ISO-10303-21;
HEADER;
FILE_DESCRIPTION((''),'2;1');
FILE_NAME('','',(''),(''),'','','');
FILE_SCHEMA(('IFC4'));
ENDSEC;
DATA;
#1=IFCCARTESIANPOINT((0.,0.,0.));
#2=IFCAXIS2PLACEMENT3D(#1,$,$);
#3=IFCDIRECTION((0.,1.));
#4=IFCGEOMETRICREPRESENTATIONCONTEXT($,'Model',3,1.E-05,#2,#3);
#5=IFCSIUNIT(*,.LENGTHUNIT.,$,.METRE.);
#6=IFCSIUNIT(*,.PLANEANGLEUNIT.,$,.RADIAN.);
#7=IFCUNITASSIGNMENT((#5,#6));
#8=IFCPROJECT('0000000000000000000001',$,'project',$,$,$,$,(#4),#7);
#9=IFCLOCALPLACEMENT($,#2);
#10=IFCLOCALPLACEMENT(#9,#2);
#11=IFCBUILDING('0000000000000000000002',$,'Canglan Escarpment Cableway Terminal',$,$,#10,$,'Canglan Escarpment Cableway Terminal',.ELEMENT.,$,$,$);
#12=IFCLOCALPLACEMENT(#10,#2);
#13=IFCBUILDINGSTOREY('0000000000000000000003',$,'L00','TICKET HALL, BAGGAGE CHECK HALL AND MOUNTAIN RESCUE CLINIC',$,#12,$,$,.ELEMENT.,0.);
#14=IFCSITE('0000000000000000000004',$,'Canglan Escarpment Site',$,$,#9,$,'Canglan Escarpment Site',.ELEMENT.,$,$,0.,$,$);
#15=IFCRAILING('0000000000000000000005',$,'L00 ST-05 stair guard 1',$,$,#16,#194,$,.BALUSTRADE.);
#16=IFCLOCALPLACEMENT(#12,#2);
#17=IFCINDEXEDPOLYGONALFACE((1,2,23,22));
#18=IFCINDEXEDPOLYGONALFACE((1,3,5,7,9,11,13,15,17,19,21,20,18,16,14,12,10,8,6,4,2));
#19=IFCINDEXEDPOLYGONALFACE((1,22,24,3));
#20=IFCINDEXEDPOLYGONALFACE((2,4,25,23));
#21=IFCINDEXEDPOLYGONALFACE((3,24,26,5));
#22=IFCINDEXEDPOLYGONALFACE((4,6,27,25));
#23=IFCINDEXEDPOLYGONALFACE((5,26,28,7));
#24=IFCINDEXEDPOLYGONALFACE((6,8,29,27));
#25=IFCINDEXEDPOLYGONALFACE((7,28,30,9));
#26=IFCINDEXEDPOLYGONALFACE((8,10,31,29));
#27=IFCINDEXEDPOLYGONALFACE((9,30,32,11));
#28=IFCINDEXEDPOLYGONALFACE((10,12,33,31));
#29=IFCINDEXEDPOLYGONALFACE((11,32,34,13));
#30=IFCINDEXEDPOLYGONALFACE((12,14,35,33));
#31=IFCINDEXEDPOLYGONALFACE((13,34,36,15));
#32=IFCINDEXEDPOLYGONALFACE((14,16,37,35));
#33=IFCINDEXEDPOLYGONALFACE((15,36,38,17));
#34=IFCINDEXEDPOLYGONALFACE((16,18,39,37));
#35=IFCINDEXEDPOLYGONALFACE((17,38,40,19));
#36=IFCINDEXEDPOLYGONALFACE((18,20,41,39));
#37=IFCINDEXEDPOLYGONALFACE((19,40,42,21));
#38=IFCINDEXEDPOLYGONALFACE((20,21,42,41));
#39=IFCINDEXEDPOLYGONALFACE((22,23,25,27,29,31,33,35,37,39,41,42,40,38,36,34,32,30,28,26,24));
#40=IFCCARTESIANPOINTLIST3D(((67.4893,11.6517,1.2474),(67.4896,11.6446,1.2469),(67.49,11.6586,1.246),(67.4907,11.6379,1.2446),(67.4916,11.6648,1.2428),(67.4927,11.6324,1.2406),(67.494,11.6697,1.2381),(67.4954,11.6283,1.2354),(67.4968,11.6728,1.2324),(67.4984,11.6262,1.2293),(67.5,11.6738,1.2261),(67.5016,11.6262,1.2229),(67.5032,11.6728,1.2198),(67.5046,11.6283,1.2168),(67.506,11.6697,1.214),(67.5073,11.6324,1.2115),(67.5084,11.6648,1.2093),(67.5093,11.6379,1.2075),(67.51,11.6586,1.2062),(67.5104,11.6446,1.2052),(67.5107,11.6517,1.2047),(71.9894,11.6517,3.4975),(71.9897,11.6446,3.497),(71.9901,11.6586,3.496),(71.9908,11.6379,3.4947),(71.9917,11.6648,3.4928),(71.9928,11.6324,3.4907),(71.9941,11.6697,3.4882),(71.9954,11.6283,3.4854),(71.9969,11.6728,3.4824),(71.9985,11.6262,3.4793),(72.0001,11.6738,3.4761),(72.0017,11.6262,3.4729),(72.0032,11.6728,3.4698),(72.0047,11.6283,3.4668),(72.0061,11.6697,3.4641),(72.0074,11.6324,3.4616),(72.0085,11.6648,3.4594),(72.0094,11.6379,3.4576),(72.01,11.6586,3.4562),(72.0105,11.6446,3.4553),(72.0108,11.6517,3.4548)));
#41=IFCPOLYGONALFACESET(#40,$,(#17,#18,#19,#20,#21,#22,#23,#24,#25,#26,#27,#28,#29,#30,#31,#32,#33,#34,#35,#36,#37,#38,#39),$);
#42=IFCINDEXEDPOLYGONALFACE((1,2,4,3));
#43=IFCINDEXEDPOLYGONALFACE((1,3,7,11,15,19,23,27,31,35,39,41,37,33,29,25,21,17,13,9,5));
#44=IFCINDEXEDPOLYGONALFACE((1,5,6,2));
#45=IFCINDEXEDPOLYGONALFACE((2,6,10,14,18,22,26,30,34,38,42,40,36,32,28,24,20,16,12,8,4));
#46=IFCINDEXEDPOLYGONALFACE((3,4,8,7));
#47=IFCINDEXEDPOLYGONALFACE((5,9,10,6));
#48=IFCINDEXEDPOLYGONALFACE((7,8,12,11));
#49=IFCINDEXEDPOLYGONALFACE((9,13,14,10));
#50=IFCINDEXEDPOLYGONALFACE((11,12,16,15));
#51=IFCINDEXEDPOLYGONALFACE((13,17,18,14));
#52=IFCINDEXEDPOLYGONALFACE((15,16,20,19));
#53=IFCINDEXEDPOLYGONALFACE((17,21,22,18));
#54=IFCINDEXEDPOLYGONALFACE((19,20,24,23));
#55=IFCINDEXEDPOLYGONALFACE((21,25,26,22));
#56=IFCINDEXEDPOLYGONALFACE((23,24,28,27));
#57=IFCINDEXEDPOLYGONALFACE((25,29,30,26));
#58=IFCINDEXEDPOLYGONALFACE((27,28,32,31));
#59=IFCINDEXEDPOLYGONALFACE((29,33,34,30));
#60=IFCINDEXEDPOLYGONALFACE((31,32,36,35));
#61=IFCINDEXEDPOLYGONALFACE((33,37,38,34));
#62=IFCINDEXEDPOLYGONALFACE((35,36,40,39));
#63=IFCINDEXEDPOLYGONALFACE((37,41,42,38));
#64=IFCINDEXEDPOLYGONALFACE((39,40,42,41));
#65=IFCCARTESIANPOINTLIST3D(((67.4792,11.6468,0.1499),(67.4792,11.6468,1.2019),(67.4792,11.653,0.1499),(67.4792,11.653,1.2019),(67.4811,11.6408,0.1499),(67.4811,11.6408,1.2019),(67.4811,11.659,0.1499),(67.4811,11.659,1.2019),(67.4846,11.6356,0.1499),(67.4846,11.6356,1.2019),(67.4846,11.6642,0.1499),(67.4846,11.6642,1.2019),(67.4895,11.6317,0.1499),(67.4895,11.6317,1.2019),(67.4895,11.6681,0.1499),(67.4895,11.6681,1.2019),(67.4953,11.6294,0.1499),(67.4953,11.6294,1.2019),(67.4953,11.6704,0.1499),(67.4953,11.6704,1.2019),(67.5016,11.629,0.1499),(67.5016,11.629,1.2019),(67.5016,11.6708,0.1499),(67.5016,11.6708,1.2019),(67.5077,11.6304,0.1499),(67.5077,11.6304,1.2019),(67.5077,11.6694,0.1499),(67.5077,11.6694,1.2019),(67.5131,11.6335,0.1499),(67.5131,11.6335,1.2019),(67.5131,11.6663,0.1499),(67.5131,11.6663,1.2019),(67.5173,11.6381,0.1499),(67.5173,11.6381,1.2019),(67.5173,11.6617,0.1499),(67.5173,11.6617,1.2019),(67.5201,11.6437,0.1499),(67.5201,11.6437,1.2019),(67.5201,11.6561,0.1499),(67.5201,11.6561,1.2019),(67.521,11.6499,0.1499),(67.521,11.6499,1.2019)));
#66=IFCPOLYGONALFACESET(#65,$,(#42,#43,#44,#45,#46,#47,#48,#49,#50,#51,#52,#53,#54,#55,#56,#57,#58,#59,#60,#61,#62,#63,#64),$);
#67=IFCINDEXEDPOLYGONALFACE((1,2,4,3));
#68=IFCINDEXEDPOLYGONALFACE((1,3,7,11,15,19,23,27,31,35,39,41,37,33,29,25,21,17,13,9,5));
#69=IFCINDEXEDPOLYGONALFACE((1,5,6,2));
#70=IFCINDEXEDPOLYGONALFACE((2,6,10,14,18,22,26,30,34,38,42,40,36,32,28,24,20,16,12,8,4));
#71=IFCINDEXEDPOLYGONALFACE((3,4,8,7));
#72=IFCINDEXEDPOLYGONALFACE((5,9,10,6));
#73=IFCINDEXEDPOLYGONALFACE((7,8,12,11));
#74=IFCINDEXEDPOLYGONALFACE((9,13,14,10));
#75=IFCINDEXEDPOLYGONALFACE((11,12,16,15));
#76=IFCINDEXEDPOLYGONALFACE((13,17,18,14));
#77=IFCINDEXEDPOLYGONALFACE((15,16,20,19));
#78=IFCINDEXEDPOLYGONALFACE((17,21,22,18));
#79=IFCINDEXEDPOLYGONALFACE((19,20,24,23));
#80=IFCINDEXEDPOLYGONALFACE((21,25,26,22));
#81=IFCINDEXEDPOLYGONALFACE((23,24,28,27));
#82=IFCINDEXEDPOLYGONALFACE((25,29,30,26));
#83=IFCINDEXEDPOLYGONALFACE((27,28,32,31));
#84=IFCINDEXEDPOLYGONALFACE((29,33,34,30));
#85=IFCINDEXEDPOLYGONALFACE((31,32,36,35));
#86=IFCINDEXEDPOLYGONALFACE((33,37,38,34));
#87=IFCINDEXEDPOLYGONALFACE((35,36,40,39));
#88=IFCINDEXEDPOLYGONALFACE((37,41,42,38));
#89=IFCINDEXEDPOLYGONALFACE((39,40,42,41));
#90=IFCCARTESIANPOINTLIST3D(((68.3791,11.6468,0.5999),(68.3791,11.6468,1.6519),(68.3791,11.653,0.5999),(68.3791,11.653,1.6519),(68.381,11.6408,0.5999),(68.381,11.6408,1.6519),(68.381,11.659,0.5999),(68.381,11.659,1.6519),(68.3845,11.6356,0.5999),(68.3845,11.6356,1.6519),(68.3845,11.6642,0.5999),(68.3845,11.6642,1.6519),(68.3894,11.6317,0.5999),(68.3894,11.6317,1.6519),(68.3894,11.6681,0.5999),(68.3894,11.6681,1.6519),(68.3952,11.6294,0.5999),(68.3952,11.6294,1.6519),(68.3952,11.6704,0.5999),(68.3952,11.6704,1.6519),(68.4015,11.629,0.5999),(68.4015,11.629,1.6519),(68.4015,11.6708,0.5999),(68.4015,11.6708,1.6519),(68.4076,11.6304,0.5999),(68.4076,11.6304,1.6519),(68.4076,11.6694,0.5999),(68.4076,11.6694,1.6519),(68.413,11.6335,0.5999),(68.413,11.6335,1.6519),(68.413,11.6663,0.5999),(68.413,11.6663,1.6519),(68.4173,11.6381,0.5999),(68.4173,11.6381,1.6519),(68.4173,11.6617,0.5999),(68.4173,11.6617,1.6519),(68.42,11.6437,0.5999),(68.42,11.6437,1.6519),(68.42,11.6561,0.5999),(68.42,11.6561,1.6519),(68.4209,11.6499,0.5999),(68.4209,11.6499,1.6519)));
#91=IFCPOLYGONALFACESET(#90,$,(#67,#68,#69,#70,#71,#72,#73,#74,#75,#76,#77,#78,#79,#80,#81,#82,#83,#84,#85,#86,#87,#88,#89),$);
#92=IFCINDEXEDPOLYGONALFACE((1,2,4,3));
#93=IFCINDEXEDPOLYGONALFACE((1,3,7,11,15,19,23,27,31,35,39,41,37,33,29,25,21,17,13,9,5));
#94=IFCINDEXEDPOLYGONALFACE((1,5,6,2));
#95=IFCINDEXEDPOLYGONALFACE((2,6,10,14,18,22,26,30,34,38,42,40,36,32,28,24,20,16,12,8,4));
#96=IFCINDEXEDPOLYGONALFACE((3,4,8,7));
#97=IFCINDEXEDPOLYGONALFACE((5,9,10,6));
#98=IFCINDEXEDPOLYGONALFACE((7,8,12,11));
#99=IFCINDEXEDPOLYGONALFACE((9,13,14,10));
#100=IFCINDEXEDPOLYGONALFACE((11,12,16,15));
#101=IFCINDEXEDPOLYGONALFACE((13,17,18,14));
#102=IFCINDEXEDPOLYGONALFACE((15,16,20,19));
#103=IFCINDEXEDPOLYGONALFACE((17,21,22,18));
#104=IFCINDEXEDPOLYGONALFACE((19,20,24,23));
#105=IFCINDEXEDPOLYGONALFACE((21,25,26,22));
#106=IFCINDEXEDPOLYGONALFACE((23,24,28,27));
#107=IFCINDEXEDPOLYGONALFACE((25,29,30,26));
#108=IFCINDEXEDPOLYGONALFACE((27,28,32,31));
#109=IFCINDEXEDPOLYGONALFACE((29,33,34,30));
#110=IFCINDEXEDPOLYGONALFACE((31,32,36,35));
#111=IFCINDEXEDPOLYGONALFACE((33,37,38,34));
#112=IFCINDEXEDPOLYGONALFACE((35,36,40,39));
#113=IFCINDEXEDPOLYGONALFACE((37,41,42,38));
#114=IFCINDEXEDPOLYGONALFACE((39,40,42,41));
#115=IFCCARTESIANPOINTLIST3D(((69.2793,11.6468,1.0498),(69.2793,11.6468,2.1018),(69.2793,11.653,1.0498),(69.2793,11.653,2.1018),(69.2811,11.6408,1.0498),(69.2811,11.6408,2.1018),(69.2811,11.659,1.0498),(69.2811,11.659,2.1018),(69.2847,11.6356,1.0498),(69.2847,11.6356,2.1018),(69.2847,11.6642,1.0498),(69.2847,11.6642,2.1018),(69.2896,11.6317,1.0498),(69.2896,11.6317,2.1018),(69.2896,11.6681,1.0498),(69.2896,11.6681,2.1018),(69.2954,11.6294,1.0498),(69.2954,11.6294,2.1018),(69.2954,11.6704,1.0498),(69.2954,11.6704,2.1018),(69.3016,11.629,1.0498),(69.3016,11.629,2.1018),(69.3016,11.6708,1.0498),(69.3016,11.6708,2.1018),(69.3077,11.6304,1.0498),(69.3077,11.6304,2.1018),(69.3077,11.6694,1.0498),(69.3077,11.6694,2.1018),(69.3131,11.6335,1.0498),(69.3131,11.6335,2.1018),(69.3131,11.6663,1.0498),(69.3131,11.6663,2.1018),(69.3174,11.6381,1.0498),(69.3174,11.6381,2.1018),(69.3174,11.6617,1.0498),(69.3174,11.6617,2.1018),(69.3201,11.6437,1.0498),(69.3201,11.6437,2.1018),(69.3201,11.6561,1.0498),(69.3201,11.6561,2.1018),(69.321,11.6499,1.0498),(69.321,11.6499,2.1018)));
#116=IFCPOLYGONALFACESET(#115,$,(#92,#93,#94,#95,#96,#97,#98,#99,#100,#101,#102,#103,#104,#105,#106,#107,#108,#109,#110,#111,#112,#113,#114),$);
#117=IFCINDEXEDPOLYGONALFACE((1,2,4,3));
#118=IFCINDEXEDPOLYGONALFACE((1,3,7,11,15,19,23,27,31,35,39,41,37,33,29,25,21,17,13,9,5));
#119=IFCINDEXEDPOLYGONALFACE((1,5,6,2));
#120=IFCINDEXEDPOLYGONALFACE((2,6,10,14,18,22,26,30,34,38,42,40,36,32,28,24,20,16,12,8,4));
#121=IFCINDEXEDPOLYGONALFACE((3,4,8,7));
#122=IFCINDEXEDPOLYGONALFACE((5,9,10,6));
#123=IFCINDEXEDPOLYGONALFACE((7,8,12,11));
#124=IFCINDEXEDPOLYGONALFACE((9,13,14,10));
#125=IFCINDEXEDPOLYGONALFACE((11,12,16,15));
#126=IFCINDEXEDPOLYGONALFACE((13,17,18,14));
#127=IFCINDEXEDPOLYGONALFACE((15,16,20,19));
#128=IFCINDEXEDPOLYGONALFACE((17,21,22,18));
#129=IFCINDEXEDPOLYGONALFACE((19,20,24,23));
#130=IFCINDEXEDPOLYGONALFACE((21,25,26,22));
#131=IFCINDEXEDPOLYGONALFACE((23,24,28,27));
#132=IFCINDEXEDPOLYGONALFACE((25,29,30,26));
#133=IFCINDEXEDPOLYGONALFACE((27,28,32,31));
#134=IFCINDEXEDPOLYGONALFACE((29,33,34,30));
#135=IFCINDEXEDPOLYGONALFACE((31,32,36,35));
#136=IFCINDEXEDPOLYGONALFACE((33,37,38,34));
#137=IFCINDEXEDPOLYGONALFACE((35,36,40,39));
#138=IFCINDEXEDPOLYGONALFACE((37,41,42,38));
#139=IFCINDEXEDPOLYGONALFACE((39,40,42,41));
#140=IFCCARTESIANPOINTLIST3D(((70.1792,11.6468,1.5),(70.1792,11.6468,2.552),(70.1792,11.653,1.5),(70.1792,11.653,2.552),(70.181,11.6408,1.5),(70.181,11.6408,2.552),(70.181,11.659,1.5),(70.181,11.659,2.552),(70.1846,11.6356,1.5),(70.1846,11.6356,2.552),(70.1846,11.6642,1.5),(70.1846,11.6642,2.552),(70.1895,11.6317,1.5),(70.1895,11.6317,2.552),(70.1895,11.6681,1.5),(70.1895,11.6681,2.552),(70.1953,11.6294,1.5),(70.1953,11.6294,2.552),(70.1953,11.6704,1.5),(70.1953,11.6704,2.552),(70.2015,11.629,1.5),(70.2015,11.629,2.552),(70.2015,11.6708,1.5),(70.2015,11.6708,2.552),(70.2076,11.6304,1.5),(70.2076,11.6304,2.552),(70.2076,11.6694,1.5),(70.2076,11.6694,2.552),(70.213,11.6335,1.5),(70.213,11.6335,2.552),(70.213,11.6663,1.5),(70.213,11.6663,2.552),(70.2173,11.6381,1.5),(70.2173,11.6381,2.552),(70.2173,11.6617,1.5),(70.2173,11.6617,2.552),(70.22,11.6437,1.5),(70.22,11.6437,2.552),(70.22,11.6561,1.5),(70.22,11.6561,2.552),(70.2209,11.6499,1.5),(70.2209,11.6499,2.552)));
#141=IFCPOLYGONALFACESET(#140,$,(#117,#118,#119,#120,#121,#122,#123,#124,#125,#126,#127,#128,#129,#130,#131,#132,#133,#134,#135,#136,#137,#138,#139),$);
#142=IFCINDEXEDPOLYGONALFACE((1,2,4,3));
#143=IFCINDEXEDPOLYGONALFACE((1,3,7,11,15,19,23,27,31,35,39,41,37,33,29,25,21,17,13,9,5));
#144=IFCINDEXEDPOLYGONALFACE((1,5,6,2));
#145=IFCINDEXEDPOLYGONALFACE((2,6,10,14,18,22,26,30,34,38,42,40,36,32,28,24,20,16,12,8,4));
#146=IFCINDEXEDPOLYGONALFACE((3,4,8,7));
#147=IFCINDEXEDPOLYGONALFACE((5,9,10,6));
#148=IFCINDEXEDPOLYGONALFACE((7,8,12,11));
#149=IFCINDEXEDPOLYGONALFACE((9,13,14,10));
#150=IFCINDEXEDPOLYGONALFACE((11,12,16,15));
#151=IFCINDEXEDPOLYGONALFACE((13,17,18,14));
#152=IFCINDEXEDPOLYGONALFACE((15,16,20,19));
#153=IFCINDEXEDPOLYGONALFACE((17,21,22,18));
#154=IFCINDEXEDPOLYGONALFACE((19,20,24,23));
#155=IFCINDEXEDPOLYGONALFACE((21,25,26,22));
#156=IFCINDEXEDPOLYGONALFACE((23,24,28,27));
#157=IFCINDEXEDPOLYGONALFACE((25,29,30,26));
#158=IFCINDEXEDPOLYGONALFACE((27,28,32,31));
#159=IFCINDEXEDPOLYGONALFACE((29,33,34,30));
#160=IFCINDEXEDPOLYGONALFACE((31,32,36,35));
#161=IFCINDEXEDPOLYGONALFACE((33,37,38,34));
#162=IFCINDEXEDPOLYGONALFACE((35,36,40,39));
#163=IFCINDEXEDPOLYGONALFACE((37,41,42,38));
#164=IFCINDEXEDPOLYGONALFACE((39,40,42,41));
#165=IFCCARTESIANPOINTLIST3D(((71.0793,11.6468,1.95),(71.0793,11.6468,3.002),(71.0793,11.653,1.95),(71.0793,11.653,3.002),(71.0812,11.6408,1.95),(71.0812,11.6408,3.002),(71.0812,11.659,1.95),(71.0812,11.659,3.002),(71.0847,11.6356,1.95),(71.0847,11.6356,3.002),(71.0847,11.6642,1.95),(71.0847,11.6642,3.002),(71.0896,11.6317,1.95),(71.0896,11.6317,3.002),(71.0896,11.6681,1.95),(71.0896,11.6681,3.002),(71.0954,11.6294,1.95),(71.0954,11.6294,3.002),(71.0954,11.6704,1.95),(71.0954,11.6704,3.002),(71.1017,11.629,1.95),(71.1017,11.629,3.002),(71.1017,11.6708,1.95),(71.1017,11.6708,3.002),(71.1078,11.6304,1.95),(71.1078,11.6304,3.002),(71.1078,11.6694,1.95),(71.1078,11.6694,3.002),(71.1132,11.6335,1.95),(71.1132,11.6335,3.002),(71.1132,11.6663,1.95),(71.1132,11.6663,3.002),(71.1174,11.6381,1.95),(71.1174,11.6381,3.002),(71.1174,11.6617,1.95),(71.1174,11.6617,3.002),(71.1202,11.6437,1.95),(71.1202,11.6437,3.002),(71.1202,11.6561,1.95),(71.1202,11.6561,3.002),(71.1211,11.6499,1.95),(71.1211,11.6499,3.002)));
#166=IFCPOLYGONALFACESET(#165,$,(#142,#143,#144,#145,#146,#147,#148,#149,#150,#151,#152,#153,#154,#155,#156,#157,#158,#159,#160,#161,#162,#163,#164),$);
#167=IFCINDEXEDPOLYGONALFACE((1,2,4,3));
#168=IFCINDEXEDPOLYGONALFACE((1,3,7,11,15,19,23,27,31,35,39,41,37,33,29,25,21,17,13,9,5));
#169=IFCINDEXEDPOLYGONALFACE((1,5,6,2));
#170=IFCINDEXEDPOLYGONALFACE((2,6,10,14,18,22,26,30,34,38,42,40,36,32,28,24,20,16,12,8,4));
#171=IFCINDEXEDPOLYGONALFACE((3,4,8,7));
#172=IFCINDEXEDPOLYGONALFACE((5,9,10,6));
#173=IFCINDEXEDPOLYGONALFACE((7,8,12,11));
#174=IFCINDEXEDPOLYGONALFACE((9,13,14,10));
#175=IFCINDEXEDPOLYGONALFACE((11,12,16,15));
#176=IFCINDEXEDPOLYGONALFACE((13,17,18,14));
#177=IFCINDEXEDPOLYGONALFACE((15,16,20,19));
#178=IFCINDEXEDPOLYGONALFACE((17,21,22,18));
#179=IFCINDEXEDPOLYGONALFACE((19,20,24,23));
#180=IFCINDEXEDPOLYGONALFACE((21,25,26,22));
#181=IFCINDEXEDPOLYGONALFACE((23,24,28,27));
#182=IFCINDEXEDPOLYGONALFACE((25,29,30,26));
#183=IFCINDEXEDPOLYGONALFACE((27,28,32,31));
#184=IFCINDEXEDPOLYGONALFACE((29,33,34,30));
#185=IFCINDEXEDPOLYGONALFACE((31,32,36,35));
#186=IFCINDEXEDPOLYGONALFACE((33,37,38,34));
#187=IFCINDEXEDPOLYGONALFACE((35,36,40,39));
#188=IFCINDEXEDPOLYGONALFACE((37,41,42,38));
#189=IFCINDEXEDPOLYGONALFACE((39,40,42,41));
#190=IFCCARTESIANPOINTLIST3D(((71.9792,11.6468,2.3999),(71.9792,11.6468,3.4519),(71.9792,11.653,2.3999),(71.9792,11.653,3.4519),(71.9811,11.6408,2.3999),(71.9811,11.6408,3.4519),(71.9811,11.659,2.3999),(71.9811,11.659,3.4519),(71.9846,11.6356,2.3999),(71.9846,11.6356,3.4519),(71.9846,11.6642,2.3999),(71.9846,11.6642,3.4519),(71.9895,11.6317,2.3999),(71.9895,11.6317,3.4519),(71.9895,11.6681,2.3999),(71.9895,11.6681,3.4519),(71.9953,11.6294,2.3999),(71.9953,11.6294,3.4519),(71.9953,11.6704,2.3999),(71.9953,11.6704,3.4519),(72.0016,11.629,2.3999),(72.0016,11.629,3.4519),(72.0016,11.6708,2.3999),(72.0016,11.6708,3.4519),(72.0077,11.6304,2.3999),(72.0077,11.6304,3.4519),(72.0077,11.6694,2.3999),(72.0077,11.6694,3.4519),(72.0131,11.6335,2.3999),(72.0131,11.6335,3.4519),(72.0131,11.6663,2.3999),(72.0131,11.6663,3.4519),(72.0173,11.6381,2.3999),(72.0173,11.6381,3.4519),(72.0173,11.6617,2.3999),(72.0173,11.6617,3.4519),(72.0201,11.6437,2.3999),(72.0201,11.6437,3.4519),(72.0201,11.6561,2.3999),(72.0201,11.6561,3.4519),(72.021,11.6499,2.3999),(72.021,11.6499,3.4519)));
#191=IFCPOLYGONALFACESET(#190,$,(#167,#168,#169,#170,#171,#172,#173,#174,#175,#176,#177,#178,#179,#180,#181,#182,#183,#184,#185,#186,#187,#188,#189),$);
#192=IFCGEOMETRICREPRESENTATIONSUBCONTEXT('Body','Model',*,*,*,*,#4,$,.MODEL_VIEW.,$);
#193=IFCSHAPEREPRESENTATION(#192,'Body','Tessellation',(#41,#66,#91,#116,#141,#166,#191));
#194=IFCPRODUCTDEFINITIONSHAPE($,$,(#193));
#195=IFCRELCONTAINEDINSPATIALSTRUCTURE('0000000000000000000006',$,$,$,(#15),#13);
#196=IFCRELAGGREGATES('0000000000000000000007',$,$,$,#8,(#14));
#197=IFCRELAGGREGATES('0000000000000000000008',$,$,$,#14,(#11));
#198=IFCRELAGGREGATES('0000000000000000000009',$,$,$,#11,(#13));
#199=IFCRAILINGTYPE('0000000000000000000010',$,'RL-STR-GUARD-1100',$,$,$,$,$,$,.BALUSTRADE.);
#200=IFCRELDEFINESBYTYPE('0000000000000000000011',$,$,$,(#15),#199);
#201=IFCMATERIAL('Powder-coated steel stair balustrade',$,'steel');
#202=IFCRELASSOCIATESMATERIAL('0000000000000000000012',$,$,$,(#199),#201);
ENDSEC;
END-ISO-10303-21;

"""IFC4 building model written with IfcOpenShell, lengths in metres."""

from ifc_helpers import new_model, si_unit, direction, frame, origin, origin_2d, place, context, subcontext, project, spatial, circle, extrude, material, type_object, element, save


model = new_model("IFC4")

# Units and contexts
model_context = context("Model", 3, precision=1e-05, world=origin(), true_north=direction((0.0, 1.0)))
body_context = subcontext(model_context, "Body", "Model", "MODEL_VIEW")
ifc_project = project(units=[si_unit("LENGTHUNIT", "METRE"), si_unit("PLANEANGLEUNIT", "RADIAN")], contexts=[model_context])

# Site, building, storey
site_placement = place(None, origin())
site = spatial("IfcSite", under=ifc_project, at=site_placement, Name="Canglan Escarpment Site", LongName="Canglan Escarpment Site", CompositionType="ELEMENT", RefElevation=0.0)
building_placement = place(site_placement, origin())
building = spatial("IfcBuilding", under=site, at=building_placement, Name="Canglan Escarpment Cableway Terminal", LongName="Canglan Escarpment Cableway Terminal", CompositionType="ELEMENT")
storey_placement = place(building_placement, origin())
storey = spatial("IfcBuildingStorey", under=building, at=storey_placement, Name="L00", Description="TICKET HALL, BAGGAGE CHECK HALL AND MOUNTAIN RESCUE CLINIC", CompositionType="ELEMENT", Elevation=0.0)

# Railing
ifc_material_1 = material(Name="Powder-coated steel stair balustrade", Category="steel")
railing_type_1 = type_object("IfcRailingType", Name="RL-STR-GUARD-1100", PredefinedType="BALUSTRADE", material=ifc_material_1)
railing_1_placement = place(storey_placement, frame((67.5, 11.6499, 0.1499)))
element("IfcRailing", 1, at=railing_1_placement, inside=storey, type_object=railing_type_1, Name="L00 ST-05 stair guard 1", PredefinedType="BALUSTRADE", context=body_context, shape_type="SweptSolid", body=[
    extrude(circle(Radius=0.0239, at=origin_2d()), frame((0.0, 0.0, 1.0762), z_axis=(0.894427, 0.0, 0.447214), x_axis=(0.0, 1.0, 0.0)), (0.0, 0.0, 1.0), 5.0312),
    extrude(circle(Radius=0.021, at=origin_2d()), origin(), (0.0, 0.0, 1.0), 1.052),
    extrude(circle(Radius=0.021, at=origin_2d()), frame((0.8999, 0.0, 0.45)), (0.0, 0.0, 1.0), 1.052),
    extrude(circle(Radius=0.021, at=origin_2d()), frame((1.8, 0.0, 0.8999)), (0.0, 0.0, 1.0), 1.052),
    extrude(circle(Radius=0.021, at=origin_2d()), frame((2.7, 0.0, 1.3501)), (0.0, 0.0, 1.0), 1.052),
    extrude(circle(Radius=0.021, at=origin_2d()), frame((3.6001, 0.0, 1.8)), (0.0, 0.0, 1.0), 1.052),
    extrude(circle(Radius=0.021, at=origin_2d()), frame((4.5, 0.0, 2.25)), (0.0, 0.0, 1.0), 1.052),
])

save(model, "model.ifc")
